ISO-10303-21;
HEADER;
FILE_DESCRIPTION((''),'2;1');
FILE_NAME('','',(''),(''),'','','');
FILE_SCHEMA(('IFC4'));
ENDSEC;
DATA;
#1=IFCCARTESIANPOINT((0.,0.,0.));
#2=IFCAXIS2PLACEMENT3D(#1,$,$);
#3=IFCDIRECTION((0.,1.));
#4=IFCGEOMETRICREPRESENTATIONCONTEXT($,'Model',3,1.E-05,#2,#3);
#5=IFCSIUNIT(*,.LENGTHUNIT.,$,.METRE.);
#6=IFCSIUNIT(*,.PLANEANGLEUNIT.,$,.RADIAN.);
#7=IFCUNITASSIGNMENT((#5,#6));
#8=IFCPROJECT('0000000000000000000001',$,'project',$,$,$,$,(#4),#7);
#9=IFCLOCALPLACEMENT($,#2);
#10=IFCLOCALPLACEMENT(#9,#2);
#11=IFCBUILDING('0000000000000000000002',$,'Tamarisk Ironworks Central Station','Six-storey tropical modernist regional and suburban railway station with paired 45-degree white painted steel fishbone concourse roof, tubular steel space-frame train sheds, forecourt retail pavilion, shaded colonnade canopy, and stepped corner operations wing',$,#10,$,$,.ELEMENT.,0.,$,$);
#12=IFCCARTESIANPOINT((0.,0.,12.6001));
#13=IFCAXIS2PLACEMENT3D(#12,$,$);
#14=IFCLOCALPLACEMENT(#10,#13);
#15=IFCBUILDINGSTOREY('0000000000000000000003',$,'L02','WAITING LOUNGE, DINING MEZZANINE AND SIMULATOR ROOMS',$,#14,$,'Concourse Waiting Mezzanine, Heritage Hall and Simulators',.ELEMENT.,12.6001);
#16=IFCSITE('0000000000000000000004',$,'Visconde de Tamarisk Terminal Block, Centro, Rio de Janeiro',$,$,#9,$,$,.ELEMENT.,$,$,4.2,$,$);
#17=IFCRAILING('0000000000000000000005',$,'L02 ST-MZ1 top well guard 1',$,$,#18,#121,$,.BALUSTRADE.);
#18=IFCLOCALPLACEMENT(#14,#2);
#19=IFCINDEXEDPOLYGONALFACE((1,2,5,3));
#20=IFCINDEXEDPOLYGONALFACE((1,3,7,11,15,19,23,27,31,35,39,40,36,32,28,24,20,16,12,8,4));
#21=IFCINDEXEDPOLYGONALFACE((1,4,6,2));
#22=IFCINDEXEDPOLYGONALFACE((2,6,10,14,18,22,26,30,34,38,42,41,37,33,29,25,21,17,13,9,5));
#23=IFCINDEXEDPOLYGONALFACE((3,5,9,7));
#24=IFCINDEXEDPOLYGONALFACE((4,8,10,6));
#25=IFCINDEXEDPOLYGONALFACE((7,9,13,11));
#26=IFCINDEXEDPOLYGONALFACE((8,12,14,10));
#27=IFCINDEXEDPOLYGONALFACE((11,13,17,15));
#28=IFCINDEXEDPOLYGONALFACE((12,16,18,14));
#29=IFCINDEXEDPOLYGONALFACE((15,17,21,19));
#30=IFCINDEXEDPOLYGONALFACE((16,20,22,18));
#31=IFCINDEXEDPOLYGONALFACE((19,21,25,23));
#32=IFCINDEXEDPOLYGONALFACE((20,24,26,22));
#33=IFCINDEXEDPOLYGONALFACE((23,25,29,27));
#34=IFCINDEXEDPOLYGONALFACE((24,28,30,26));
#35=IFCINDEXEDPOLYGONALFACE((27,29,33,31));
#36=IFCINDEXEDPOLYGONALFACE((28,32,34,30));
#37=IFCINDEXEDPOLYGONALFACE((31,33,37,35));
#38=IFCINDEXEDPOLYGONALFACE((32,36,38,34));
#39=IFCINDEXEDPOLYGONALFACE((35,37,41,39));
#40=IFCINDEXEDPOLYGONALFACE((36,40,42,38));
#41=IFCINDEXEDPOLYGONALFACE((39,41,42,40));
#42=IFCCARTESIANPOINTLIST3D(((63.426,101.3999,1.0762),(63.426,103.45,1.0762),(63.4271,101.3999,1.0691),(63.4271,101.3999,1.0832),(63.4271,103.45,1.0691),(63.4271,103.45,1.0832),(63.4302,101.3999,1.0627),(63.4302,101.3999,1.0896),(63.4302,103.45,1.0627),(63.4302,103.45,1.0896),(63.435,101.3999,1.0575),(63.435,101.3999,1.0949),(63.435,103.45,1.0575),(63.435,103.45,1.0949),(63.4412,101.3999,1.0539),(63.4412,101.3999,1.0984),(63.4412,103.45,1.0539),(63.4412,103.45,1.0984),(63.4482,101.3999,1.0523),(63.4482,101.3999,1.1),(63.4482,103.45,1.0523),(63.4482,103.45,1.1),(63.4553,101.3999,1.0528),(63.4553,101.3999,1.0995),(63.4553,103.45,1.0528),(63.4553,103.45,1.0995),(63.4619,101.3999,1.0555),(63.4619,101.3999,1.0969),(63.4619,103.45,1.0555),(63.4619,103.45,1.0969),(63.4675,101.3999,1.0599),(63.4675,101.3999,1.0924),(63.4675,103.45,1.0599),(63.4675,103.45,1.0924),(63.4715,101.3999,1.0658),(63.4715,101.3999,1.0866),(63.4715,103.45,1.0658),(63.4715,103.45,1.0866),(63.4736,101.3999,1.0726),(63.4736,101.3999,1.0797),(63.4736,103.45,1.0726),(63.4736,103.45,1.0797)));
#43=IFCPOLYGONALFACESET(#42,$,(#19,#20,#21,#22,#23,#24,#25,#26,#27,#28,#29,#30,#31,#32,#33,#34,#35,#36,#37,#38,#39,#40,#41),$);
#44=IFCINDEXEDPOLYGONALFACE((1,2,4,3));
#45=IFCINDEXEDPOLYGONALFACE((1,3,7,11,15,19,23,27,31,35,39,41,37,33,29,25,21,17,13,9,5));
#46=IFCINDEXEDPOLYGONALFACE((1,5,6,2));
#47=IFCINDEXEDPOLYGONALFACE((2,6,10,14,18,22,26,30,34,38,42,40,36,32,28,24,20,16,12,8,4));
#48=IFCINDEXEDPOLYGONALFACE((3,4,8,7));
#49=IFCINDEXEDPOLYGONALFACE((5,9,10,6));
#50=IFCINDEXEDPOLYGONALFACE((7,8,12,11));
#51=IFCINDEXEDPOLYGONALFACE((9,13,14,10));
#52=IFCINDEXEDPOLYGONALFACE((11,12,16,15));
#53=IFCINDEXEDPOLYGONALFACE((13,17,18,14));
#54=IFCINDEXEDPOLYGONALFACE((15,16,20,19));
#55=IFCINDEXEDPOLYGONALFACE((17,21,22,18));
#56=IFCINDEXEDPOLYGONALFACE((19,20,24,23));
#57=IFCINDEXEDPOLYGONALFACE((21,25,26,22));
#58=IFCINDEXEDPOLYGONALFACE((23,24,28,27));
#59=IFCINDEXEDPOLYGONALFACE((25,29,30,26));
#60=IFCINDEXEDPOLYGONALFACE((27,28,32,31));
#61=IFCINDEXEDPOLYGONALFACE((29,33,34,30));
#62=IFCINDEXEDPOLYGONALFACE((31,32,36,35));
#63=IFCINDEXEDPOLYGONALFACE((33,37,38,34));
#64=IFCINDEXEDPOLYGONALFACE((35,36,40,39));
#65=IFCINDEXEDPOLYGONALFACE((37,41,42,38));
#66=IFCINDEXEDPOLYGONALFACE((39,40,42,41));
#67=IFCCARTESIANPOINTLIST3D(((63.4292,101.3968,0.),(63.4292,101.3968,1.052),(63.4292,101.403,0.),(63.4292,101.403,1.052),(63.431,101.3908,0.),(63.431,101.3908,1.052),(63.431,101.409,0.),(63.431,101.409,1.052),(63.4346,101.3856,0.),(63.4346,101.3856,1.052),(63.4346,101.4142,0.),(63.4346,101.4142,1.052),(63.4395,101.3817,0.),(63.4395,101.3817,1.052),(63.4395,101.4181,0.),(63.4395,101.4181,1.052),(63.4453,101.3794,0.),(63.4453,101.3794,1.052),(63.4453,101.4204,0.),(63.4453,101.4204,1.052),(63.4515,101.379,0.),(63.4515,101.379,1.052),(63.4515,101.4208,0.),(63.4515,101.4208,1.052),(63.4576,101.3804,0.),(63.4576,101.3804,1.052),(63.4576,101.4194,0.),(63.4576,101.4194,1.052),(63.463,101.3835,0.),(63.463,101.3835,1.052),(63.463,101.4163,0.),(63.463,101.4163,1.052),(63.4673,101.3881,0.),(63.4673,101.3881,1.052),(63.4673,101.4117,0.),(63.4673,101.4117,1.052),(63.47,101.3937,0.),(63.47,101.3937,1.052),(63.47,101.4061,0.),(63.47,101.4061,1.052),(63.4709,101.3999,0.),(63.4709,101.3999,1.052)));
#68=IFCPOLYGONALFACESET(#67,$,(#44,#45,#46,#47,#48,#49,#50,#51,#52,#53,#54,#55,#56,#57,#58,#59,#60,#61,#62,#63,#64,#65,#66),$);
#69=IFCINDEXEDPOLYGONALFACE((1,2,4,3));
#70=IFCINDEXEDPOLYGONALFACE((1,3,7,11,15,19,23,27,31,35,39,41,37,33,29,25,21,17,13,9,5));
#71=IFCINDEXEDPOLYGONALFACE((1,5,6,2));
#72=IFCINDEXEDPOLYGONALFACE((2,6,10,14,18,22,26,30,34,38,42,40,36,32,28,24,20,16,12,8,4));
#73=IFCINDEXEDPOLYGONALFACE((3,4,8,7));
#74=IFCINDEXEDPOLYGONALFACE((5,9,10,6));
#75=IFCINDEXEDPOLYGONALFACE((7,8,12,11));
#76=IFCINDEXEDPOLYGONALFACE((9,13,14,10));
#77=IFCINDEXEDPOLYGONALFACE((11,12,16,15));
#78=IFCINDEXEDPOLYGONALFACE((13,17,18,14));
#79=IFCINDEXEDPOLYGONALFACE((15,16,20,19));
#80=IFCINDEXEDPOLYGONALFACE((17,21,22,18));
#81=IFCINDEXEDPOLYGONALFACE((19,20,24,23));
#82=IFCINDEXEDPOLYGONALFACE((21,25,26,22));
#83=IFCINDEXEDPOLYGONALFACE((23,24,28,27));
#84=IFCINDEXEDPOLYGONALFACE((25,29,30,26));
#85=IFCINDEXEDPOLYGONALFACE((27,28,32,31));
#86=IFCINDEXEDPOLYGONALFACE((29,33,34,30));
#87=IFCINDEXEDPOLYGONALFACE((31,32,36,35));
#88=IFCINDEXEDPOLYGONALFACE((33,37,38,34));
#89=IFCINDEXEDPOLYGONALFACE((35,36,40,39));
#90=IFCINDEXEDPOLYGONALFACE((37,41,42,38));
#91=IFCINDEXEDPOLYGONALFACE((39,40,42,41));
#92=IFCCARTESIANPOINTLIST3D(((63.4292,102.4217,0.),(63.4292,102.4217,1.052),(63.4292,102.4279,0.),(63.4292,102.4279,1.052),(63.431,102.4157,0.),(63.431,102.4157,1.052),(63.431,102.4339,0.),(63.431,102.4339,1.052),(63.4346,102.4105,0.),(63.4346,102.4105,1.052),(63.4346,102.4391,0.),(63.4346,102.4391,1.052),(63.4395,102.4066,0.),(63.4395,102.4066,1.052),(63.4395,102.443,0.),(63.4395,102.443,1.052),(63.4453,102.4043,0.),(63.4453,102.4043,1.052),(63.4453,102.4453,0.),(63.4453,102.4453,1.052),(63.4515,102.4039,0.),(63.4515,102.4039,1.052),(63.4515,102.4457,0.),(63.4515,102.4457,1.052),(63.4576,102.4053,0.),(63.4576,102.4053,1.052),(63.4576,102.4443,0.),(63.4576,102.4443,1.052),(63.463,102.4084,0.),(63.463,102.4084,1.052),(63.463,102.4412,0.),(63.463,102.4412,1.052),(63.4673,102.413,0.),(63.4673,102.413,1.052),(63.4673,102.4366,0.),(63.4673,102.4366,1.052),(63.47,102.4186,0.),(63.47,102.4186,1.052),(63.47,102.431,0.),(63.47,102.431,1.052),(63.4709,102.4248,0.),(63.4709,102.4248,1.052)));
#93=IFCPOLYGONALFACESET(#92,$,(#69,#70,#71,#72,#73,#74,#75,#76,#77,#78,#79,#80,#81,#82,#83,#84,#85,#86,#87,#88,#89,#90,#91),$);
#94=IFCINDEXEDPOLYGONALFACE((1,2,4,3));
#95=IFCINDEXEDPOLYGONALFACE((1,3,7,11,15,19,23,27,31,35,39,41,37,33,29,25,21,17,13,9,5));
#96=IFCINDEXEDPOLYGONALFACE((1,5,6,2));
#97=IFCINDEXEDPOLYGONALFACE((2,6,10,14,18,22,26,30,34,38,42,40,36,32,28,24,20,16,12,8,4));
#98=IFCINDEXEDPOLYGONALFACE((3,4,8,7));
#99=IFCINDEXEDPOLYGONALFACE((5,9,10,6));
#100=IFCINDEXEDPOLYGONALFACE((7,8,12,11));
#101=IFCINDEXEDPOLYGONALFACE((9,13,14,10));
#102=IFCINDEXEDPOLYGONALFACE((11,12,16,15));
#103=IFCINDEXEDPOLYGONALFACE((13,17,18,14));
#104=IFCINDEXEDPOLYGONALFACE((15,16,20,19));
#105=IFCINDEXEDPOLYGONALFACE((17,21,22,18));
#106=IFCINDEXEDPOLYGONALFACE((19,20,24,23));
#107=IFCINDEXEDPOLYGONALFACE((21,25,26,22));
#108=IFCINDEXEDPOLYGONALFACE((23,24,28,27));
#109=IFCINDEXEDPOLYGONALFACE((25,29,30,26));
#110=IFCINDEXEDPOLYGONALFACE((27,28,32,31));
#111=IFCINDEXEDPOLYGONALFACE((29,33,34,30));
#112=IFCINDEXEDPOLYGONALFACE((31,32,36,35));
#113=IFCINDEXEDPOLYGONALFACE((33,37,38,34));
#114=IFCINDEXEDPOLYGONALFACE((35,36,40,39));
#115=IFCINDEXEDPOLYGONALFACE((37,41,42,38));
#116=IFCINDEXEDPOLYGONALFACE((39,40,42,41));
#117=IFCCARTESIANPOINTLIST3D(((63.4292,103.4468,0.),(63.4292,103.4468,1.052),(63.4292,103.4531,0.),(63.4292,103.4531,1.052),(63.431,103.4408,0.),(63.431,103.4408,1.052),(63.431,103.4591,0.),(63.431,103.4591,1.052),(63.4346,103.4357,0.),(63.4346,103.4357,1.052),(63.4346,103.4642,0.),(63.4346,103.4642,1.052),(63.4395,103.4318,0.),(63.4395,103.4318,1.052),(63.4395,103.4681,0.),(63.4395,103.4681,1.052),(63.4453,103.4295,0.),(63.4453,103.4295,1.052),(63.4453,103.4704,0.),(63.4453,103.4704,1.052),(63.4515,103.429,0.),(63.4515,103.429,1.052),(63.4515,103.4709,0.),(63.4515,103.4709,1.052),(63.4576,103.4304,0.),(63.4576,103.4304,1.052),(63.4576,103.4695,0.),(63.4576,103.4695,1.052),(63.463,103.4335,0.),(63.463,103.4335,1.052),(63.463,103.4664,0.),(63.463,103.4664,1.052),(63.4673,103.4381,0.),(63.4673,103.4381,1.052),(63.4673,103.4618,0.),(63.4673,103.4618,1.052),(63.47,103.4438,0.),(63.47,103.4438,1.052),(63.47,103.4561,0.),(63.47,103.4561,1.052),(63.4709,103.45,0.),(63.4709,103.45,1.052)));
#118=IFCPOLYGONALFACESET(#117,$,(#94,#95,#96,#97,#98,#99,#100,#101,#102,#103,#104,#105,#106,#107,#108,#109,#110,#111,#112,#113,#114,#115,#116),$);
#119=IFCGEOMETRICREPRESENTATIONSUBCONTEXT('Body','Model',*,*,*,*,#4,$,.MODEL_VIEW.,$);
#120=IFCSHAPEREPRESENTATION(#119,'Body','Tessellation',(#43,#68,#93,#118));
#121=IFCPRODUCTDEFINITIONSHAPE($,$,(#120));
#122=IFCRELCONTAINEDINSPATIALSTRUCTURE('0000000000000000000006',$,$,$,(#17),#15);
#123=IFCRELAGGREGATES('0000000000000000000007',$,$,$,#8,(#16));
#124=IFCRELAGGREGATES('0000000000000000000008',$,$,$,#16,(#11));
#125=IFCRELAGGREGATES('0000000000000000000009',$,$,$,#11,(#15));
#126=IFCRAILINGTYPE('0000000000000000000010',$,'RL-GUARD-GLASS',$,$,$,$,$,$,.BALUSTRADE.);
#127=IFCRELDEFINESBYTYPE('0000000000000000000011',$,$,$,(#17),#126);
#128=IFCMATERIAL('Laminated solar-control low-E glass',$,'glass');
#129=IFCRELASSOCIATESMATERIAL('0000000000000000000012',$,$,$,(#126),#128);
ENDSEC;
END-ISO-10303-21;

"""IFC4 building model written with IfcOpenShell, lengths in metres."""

from ifc_helpers import new_model, si_unit, direction, frame, origin, origin_2d, place, context, subcontext, project, spatial, circle, extrude, material, type_object, element, save


model = new_model("IFC4")

# Units and contexts
model_context = context("Model", 3, precision=1e-05, world=origin(), true_north=direction((0.0, 1.0)))
body_context = subcontext(model_context, "Body", "Model", "MODEL_VIEW")
ifc_project = project(units=[si_unit("LENGTHUNIT", "METRE"), si_unit("PLANEANGLEUNIT", "RADIAN")], contexts=[model_context])

# Site, building, storey
site_placement = place(None, origin())
site = spatial("IfcSite", under=ifc_project, at=site_placement, Name="Visconde de Tamarisk Terminal Block, Centro, Rio de Janeiro", CompositionType="ELEMENT", RefElevation=4.2)
building_placement = place(site_placement, origin())
building = spatial("IfcBuilding", under=site, at=building_placement, Name="Tamarisk Ironworks Central Station", Description="Six-storey tropical modernist regional and suburban railway station with paired 45-degree white painted steel fishbone concourse roof, tubular steel space-frame train sheds, forecourt retail pavilion, shaded colonnade canopy, and stepped corner operations wing", CompositionType="ELEMENT", ElevationOfRefHeight=0.0)
storey_placement = place(building_placement, frame((0.0, 0.0, 12.6001)))
storey = spatial("IfcBuildingStorey", under=building, at=storey_placement, Name="L02", Description="WAITING LOUNGE, DINING MEZZANINE AND SIMULATOR ROOMS", LongName="Concourse Waiting Mezzanine, Heritage Hall and Simulators", CompositionType="ELEMENT", Elevation=12.6001)

# Shared definitions
ifc_material_1 = material(Name="Laminated solar-control low-E glass", Category="glass")

# Railing
railing_type = type_object("IfcRailingType", Name="RL-GUARD-GLASS", PredefinedType="BALUSTRADE", material=ifc_material_1)
railing_1_placement = place(storey_placement, frame((63.45, 101.3999, 0.0)))
element("IfcRailing", 1, at=railing_1_placement, inside=storey, type_object=railing_type, Name="L02 ST-MZ1 top well guard 1", PredefinedType="BALUSTRADE", context=body_context, shape_type="SweptSolid", body=[
    extrude(circle(Radius=0.0239, at=origin_2d()), frame((0.0, 0.0, 1.0762), z_axis=(0.0, 1.0, 0.0), x_axis=(-1.0, 0.0, 0.0)), (0.0, 0.0, 1.0), 2.05),
    extrude(circle(Radius=0.021, at=origin_2d()), origin(), (0.0, 0.0, 1.0), 1.052),
    extrude(circle(Radius=0.021, at=origin_2d()), frame((0.0, 1.0249, 0.0)), (0.0, 0.0, 1.0), 1.052),
    extrude(circle(Radius=0.021, at=origin_2d()), frame((0.0, 2.05, 0.0)), (0.0, 0.0, 1.0), 1.052),
])

save(model, "model.ifc")
